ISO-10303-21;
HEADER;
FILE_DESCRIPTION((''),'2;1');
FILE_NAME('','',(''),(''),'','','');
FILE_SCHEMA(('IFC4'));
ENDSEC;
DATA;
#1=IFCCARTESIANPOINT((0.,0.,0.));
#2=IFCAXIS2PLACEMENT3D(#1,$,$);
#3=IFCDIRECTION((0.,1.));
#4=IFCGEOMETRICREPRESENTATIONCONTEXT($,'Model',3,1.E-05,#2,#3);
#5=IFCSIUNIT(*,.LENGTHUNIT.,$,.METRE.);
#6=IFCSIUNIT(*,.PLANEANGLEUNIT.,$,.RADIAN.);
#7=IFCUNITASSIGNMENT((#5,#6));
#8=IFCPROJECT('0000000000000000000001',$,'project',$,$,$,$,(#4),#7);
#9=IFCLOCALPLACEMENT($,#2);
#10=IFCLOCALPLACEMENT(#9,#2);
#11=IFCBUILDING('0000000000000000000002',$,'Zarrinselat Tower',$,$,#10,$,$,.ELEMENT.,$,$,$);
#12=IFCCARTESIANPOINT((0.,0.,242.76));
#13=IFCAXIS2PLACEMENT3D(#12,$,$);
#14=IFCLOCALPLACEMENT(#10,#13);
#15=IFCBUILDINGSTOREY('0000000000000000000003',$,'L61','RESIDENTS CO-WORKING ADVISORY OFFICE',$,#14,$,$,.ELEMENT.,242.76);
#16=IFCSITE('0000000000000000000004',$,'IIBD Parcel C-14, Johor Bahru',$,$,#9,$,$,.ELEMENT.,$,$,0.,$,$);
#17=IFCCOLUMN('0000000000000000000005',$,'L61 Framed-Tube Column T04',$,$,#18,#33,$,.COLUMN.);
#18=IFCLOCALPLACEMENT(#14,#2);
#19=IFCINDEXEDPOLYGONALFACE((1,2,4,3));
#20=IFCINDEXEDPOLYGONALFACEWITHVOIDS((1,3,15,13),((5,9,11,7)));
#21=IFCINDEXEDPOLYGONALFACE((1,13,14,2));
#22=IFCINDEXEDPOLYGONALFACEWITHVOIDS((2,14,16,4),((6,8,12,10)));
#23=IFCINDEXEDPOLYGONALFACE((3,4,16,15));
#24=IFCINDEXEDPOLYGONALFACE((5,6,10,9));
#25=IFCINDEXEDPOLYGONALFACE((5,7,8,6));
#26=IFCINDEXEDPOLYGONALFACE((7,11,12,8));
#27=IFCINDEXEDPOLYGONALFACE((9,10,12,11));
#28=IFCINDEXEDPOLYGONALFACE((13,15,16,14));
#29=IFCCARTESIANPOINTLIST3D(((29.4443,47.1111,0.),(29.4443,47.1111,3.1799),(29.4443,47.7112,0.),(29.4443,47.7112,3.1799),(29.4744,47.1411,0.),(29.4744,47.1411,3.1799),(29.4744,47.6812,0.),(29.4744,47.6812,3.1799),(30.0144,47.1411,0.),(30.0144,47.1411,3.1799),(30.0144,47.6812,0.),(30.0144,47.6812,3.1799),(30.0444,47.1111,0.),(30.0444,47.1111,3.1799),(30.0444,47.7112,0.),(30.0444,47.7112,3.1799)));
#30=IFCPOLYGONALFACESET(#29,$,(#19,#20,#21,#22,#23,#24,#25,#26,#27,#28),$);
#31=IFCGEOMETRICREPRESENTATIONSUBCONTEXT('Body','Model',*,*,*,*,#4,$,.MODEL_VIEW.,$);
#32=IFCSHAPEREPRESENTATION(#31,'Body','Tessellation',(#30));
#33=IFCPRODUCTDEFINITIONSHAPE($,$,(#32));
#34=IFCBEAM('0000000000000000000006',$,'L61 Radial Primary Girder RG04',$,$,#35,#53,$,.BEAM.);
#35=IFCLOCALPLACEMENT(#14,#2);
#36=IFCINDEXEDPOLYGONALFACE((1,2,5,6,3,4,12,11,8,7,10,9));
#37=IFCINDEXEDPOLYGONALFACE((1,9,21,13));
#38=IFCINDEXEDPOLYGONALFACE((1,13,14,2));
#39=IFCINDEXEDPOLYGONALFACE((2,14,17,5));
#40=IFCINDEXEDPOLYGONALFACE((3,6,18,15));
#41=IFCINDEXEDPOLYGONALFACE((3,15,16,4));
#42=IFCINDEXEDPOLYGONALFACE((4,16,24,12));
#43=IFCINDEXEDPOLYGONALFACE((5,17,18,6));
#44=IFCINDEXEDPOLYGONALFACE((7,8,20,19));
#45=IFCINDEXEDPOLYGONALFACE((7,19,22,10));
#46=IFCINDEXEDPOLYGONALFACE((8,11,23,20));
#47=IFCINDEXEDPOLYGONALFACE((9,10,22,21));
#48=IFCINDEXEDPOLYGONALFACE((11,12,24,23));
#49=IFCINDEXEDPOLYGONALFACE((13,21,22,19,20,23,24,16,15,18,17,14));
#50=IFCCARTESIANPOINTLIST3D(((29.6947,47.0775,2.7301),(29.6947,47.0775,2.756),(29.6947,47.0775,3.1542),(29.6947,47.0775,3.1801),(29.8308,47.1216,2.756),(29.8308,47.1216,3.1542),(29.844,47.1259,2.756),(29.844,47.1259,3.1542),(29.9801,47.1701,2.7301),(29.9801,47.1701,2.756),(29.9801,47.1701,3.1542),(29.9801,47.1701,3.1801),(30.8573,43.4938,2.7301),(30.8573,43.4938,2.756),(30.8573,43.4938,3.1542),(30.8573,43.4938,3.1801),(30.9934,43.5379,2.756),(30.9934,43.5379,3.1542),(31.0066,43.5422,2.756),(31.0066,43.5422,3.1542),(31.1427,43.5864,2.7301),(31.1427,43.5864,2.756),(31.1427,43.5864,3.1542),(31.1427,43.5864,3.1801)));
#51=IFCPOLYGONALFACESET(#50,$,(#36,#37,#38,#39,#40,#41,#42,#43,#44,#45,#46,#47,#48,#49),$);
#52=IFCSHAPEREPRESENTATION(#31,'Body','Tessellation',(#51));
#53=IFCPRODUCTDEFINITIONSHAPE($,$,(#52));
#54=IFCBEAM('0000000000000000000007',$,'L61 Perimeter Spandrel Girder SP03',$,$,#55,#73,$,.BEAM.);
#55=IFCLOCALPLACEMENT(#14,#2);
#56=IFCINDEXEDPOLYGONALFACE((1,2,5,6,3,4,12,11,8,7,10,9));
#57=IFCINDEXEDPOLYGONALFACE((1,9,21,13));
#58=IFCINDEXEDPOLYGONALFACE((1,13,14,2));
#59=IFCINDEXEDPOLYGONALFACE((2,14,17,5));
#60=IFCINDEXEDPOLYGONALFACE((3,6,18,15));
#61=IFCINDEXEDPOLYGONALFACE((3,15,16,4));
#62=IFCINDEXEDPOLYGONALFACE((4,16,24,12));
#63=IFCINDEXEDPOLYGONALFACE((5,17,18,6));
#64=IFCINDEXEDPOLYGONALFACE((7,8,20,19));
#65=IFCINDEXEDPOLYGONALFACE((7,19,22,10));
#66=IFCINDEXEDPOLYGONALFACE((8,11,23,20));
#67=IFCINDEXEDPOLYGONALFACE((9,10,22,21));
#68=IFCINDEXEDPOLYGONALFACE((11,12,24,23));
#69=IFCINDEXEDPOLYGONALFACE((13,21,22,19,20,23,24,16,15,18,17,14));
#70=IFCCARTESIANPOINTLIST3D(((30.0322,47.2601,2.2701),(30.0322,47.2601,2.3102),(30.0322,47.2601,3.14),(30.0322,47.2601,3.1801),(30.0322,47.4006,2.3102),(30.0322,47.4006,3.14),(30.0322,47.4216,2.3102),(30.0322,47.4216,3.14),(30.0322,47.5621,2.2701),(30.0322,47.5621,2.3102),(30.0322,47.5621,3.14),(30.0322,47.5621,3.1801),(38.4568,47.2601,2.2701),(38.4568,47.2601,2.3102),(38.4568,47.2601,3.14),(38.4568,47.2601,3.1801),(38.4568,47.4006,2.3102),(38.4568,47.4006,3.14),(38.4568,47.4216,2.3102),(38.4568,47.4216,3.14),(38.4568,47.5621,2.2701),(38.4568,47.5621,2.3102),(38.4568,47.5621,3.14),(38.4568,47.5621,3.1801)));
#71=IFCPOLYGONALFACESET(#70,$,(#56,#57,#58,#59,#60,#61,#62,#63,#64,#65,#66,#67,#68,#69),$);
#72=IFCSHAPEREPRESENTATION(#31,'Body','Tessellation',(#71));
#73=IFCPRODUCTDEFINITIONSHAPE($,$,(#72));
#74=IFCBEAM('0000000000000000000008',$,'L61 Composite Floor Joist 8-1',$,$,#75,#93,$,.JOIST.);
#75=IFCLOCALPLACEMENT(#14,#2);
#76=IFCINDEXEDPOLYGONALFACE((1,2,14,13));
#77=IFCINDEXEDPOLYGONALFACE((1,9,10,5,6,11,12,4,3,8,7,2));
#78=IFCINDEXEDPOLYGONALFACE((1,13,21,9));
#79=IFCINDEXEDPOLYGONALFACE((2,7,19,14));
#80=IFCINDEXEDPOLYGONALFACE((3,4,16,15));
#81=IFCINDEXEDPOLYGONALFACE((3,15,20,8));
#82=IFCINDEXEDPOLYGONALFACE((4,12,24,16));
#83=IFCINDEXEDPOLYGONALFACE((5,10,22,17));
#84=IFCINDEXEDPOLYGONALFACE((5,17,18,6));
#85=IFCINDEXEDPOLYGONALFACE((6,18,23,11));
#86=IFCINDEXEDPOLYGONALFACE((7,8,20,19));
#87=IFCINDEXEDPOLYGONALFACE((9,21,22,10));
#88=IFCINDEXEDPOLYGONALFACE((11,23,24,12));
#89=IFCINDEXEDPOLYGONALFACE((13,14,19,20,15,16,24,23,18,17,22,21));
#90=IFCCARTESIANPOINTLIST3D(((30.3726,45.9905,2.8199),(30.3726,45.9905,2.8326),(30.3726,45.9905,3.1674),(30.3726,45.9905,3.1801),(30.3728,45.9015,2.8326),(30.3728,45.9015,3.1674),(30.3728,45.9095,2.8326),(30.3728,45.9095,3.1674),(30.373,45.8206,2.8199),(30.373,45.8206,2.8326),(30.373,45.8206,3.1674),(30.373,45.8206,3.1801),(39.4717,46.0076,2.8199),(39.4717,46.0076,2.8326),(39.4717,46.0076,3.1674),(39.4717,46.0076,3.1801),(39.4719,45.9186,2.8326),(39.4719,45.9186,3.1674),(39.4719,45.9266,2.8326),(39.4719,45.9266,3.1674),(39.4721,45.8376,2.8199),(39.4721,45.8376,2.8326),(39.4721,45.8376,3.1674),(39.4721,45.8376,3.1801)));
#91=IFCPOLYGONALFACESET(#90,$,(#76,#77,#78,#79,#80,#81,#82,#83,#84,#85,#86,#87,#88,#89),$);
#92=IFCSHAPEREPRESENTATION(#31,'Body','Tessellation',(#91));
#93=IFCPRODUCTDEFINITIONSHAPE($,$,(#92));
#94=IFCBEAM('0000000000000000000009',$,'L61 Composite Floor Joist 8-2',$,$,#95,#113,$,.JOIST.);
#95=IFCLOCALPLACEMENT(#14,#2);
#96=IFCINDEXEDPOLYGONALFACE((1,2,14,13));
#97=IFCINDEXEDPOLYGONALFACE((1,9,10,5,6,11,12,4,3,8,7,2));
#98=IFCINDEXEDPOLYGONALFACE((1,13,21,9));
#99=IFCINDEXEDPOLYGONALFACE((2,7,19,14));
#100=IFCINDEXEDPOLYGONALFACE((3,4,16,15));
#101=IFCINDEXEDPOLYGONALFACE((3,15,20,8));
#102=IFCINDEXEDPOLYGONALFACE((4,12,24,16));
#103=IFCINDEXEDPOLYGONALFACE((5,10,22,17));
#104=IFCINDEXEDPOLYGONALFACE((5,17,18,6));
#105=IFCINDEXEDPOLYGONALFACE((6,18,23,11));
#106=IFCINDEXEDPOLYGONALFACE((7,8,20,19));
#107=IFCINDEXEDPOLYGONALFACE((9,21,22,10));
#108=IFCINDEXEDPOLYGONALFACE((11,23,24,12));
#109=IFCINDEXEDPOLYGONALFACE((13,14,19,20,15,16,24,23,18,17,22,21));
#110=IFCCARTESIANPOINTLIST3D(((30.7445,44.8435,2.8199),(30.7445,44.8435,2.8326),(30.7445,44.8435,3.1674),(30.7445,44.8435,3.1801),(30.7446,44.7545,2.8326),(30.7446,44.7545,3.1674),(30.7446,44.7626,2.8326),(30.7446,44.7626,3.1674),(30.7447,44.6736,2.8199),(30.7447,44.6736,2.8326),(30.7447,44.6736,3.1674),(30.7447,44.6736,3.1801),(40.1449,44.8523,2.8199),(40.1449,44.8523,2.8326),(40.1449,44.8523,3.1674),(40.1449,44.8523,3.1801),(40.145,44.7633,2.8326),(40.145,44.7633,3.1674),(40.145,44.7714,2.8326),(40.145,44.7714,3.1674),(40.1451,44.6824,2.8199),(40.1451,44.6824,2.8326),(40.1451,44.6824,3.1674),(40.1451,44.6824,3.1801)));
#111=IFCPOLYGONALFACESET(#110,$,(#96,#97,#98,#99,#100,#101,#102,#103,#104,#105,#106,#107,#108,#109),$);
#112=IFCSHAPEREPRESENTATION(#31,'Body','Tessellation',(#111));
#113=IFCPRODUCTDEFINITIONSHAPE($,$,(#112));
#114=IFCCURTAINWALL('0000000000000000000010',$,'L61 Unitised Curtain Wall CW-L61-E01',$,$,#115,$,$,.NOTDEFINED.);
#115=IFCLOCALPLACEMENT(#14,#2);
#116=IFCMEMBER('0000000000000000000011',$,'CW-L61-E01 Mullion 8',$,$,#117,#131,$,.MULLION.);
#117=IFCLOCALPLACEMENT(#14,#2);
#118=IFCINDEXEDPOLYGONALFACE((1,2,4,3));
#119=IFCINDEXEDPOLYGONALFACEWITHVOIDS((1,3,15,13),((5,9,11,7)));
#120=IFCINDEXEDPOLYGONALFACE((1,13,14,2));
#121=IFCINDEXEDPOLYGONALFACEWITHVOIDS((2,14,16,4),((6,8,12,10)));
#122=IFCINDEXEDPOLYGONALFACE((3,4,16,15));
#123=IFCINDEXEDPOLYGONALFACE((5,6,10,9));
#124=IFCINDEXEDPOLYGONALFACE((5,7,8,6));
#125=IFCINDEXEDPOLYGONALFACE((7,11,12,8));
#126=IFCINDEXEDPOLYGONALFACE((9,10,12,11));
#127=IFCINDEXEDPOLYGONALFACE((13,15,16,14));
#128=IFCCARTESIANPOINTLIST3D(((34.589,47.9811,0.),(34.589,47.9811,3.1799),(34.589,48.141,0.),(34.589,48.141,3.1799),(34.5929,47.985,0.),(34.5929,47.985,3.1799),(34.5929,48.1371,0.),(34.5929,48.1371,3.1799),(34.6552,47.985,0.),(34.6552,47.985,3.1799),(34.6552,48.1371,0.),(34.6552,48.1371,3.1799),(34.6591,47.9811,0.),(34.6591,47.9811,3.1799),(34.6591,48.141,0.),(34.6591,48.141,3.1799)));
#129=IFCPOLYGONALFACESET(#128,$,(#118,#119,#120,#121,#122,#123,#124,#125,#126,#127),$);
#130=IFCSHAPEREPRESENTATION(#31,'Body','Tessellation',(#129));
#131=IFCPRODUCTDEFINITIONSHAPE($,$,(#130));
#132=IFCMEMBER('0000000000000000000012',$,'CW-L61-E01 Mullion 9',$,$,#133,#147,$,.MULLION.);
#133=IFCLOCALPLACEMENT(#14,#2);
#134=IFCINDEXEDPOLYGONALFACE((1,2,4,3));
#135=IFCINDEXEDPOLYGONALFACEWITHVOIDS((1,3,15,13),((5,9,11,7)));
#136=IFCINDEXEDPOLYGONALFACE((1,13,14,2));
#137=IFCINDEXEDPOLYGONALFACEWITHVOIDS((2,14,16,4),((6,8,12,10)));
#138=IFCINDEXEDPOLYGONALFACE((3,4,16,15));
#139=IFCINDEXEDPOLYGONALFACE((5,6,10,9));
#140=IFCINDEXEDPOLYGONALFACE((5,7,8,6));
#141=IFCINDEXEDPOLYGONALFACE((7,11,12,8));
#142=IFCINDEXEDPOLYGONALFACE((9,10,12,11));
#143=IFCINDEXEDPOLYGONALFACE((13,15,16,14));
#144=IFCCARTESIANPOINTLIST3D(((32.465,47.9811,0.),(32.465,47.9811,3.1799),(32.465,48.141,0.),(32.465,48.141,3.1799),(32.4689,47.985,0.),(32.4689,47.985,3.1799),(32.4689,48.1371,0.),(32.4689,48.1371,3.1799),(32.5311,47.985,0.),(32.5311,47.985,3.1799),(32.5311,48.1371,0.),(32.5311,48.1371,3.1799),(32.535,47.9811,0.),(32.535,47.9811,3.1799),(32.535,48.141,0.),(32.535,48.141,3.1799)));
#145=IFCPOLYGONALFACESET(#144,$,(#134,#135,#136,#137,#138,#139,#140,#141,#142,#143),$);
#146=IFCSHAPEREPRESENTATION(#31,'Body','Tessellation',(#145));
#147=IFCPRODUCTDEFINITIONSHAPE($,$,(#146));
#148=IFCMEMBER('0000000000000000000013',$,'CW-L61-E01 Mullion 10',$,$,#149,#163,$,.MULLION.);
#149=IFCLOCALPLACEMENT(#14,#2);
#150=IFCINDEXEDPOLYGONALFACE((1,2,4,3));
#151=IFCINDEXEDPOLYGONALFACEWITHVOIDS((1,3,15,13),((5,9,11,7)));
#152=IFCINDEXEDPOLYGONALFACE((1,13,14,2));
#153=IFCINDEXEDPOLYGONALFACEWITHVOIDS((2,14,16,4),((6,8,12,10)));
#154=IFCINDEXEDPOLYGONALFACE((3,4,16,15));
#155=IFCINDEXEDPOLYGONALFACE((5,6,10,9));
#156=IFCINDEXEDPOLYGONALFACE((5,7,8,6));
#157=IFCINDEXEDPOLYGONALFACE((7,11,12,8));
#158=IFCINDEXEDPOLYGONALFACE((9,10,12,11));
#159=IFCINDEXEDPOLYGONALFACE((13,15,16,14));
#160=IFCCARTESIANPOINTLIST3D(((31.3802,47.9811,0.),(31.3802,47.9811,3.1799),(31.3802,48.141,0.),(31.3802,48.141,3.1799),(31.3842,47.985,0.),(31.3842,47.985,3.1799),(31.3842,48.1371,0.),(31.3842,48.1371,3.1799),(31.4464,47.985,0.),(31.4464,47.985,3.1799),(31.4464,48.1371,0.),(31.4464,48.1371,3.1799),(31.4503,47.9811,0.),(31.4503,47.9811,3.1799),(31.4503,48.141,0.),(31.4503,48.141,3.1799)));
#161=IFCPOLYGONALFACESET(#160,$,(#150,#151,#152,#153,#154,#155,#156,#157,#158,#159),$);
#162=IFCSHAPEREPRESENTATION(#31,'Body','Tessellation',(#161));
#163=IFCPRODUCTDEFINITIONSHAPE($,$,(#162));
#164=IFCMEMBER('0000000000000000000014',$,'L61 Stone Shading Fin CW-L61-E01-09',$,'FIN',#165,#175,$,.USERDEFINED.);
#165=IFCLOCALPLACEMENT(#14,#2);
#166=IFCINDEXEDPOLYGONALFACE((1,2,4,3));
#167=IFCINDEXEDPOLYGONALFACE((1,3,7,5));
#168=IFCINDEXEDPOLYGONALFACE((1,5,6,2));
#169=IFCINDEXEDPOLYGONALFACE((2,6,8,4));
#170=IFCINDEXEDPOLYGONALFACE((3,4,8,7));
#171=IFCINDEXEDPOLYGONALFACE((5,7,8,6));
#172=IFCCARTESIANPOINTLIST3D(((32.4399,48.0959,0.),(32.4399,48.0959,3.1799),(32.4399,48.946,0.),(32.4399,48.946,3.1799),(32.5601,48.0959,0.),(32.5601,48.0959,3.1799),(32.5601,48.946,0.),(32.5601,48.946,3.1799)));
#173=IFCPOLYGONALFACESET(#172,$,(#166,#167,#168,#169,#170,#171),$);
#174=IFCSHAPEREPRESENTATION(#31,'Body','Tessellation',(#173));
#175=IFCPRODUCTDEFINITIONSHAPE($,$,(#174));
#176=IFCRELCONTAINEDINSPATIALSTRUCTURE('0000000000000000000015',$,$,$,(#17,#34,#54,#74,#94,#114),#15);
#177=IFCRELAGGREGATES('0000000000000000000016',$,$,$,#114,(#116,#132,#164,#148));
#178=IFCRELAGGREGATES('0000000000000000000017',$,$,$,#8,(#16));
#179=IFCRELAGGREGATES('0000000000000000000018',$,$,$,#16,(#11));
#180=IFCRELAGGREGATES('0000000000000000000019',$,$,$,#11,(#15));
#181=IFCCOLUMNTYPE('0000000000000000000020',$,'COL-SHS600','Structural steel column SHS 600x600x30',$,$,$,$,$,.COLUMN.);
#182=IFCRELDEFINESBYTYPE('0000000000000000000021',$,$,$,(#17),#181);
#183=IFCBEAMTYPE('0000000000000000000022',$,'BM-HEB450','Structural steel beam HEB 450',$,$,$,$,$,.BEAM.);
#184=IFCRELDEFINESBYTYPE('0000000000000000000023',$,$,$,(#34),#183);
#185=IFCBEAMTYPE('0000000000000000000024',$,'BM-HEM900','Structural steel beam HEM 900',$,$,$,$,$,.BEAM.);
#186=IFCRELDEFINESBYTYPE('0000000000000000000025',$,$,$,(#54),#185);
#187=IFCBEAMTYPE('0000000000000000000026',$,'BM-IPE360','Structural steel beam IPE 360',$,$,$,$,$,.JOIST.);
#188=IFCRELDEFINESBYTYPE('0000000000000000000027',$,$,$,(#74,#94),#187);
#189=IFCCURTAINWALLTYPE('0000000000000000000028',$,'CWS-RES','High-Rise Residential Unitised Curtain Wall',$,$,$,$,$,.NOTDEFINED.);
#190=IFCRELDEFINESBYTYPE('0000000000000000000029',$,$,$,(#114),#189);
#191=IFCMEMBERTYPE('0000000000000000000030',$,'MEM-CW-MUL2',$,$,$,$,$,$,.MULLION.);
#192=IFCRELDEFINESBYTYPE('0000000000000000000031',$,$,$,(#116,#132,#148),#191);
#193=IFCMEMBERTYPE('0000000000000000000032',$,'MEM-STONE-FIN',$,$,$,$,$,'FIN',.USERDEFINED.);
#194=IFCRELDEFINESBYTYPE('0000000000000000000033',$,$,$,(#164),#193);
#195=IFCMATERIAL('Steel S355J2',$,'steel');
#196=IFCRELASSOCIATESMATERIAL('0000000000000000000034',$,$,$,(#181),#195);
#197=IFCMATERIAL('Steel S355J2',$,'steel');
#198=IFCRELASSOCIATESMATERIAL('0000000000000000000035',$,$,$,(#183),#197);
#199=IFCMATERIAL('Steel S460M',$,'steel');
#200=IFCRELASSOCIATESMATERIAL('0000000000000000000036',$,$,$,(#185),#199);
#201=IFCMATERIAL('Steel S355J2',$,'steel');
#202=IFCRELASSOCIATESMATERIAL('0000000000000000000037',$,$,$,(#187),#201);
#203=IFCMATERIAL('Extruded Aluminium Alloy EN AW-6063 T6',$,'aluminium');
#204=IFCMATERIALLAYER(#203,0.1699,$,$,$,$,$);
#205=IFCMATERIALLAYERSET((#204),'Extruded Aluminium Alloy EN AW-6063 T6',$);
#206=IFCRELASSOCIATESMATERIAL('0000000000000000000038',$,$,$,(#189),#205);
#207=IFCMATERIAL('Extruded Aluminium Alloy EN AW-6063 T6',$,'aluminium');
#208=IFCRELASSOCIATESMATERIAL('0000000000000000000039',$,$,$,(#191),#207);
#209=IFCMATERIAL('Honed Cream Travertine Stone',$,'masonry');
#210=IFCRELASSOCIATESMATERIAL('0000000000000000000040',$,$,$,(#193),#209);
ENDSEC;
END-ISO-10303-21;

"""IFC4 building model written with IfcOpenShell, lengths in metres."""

from ifc_helpers import new_model, si_unit, direction, frame, origin, origin_2d, place, context, subcontext, project, spatial, rectangle, hollow_rectangle, i_section, extrude, material, layer, layer_set, material_profile, profile_set, type_object, element, aggregate, save


model = new_model("IFC4")

# Units and contexts
model_context = context("Model", 3, precision=1e-05, world=origin(), true_north=direction((0.0, 1.0)))
body_context = subcontext(model_context, "Body", "Model", "MODEL_VIEW")
ifc_project = project(units=[si_unit("LENGTHUNIT", "METRE"), si_unit("PLANEANGLEUNIT", "RADIAN")], contexts=[model_context])

# Site, building, storey
site_placement = place(None, origin())
site = spatial("IfcSite", under=ifc_project, at=site_placement, Name="IIBD Parcel C-14, Johor Bahru", CompositionType="ELEMENT", RefElevation=0.0)
building_placement = place(site_placement, origin())
building = spatial("IfcBuilding", under=site, at=building_placement, Name="Zarrinselat Tower", CompositionType="ELEMENT")
storey_placement = place(building_placement, frame((0.0, 0.0, 242.76)))
storey = spatial("IfcBuildingStorey", under=building, at=storey_placement, Name="L61", Description="RESIDENTS CO-WORKING ADVISORY OFFICE", CompositionType="ELEMENT", Elevation=242.76)

# Column
ifc_material_1 = material(Name="Steel S355J2", Category="steel")
ifc_material_profile_1 = material_profile(ifc_material_1, hollow_rectangle(XDim=0.6001, YDim=0.6001, WallThickness=0.03, at=origin_2d()), Name="SHS 600x600x30")
ifc_profile_set_1 = profile_set([ifc_material_profile_1], Name="Steel S355J2")
column_type = type_object("IfcColumnType", Name="COL-SHS600", Description="Structural steel column SHS 600x600x30", PredefinedType="COLUMN", material=ifc_profile_set_1)
column_placement = place(storey_placement, frame((29.7444, 47.4111, 0.0), z_axis=(0.0, 0.0, 1.0), x_axis=(1.0, 0.0, 0.0)))
element("IfcColumn", 1, at=column_placement, inside=storey, type_object=column_type, Name="L61 Framed-Tube Column T04", PredefinedType="COLUMN", context=body_context, shape_type="SweptSolid", body=[
    extrude(hollow_rectangle(XDim=0.6001, YDim=0.6001, WallThickness=0.03, at=origin_2d()), origin(), (0.0, 0.0, 1.0), 3.1799),
])

# Beams
ifc_material_2 = material(Name="Steel S355J2", Category="steel")
ifc_material_profile_2 = material_profile(ifc_material_2, i_section(OverallWidth=0.3, OverallDepth=0.45, WebThickness=0.0139, FlangeThickness=0.0259, at=origin_2d()), Name="HEB 450")
ifc_profile_set_2 = profile_set([ifc_material_profile_2], Name="Steel S355J2")
beam_type_1 = type_object("IfcBeamType", Name="BM-HEB450", Description="Structural steel beam HEB 450", PredefinedType="BEAM", material=ifc_profile_set_2)
beam_1_placement = place(storey_placement, frame((29.8374, 47.1238, 2.9551), z_axis=(0.308578, -0.951199, 0.0), x_axis=(0.951199, 0.308578, 0.0)))
element("IfcBeam", 2, at=beam_1_placement, inside=storey, type_object=beam_type_1, Name="L61 Radial Primary Girder RG04", PredefinedType="BEAM", context=body_context, shape_type="SweptSolid", body=[
    extrude(i_section(OverallWidth=0.3, OverallDepth=0.45, WebThickness=0.0139, FlangeThickness=0.0259, at=origin_2d()), origin(), (0.0, 0.0, 1.0), 3.7676),
])
ifc_material_3 = material(Name="Steel S460M", Category="steel")
ifc_material_profile_3 = material_profile(ifc_material_3, i_section(OverallWidth=0.302, OverallDepth=0.9099, WebThickness=0.021, FlangeThickness=0.04, at=origin_2d()), Name="HEM 900")
ifc_profile_set_3 = profile_set([ifc_material_profile_3], Name="Steel S460M")
beam_type_2 = type_object("IfcBeamType", Name="BM-HEM900", Description="Structural steel beam HEM 900", PredefinedType="BEAM", material=ifc_profile_set_3)
beam_2_placement = place(storey_placement, frame((30.0322, 47.4111, 2.7251), z_axis=(1.0, 0.0, 0.0), x_axis=(0.0, 1.0, 0.0)))
element("IfcBeam", 3, at=beam_2_placement, inside=storey, type_object=beam_type_2, Name="L61 Perimeter Spandrel Girder SP03", PredefinedType="BEAM", context=body_context, shape_type="SweptSolid", body=[
    extrude(i_section(OverallWidth=0.302, OverallDepth=0.9099, WebThickness=0.021, FlangeThickness=0.04, at=origin_2d()), origin(), (0.0, 0.0, 1.0), 8.4246),
])
ifc_material_4 = material(Name="Steel S355J2", Category="steel")
ifc_material_profile_4 = material_profile(ifc_material_4, i_section(OverallWidth=0.1699, OverallDepth=0.3601, WebThickness=0.0081, FlangeThickness=0.0127, at=origin_2d()), Name="IPE 360")
ifc_profile_set_4 = profile_set([ifc_material_profile_4], Name="Steel S355J2")
beam_type_3 = type_object("IfcBeamType", Name="BM-IPE360", Description="Structural steel beam IPE 360", PredefinedType="JOIST", material=ifc_profile_set_4)
beam_3_placement = place(storey_placement, frame((30.3728, 45.9055, 3.0), z_axis=(0.999998, 0.001878, 0.0), x_axis=(-0.001878, 0.999998, 0.0)))
element("IfcBeam", 4, at=beam_3_placement, inside=storey, type_object=beam_type_3, Name="L61 Composite Floor Joist 8-1", PredefinedType="JOIST", context=body_context, shape_type="SweptSolid", body=[
    extrude(i_section(OverallWidth=0.1699, OverallDepth=0.3601, WebThickness=0.0081, FlangeThickness=0.0127, at=origin_2d()), origin(), (0.0, 0.0, 1.0), 9.0991),
])
beam_4_placement = place(storey_placement, frame((30.7446, 44.7585, 3.0), z_axis=(1.0, 0.000935, 0.0), x_axis=(-0.000935, 1.0, 0.0)))
element("IfcBeam", 5, at=beam_4_placement, inside=storey, type_object=beam_type_3, Name="L61 Composite Floor Joist 8-2", PredefinedType="JOIST", context=body_context, shape_type="SweptSolid", body=[
    extrude(i_section(OverallWidth=0.1699, OverallDepth=0.3601, WebThickness=0.0081, FlangeThickness=0.0127, at=origin_2d()), origin(), (0.0, 0.0, 1.0), 9.4004),
])

# Curtain wall, members
ifc_material_5 = material(Name="Extruded Aluminium Alloy EN AW-6063 T6", Category="aluminium")
ifc_layer_1 = layer(ifc_material_5, 0.1699)
ifc_layer_set_1 = layer_set([ifc_layer_1], Name="Extruded Aluminium Alloy EN AW-6063 T6")
curtain_wall_type = type_object("IfcCurtainWallType", Name="CWS-RES", Description="High-Rise Residential Unitised Curtain Wall", PredefinedType="NOTDEFINED", material=ifc_layer_set_1)
curtain_wall_placement = place(storey_placement, origin())
curtain_wall = element("IfcCurtainWall", 6, at=curtain_wall_placement, inside=storey, type_object=curtain_wall_type, Name="L61 Unitised Curtain Wall CW-L61-E01", PredefinedType="NOTDEFINED")
ifc_material_6 = material(Name="Extruded Aluminium Alloy EN AW-6063 T6", Category="aluminium")
ifc_material_profile_5 = material_profile(ifc_material_6, hollow_rectangle(XDim=0.0701, YDim=0.1599, WallThickness=0.0039, at=origin_2d()), Name="RHS 160x70x4")
ifc_profile_set_5 = profile_set([ifc_material_profile_5], Name="Extruded Aluminium Alloy EN AW-6063 T6")
member_type_1 = type_object("IfcMemberType", Name="MEM-CW-MUL2", PredefinedType="MULLION", material=ifc_profile_set_5)
member_1_placement = place(storey_placement, frame((34.624, 48.061, 0.0), z_axis=(0.0, 0.0, 1.0), x_axis=(-1.0, 0.0, 0.0)))
member_1 = element("IfcMember", 7, at=member_1_placement, type_object=member_type_1, Name="CW-L61-E01 Mullion 8", PredefinedType="MULLION", context=body_context, shape_type="SweptSolid", body=[
    extrude(hollow_rectangle(XDim=0.0701, YDim=0.1599, WallThickness=0.0039, at=origin_2d()), origin(), (0.0, 0.0, 1.0), 3.1799),
])
member_2_placement = place(storey_placement, frame((32.5, 48.061, 0.0), z_axis=(0.0, 0.0, 1.0), x_axis=(-1.0, 0.0, 0.0)))
member_2 = element("IfcMember", 8, at=member_2_placement, type_object=member_type_1, Name="CW-L61-E01 Mullion 9", PredefinedType="MULLION", context=body_context, shape_type="SweptSolid", body=[
    extrude(hollow_rectangle(XDim=0.0701, YDim=0.1599, WallThickness=0.0039, at=origin_2d()), origin(), (0.0, 0.0, 1.0), 3.1799),
])
member_3_placement = place(storey_placement, frame((31.4153, 48.061, 0.0), z_axis=(0.0, 0.0, 1.0), x_axis=(-1.0, 0.0, 0.0)))
member_3 = element("IfcMember", 9, at=member_3_placement, type_object=member_type_1, Name="CW-L61-E01 Mullion 10", PredefinedType="MULLION", context=body_context, shape_type="SweptSolid", body=[
    extrude(hollow_rectangle(XDim=0.0701, YDim=0.1599, WallThickness=0.0039, at=origin_2d()), origin(), (0.0, 0.0, 1.0), 3.1799),
])
ifc_material_7 = material(Name="Honed Cream Travertine Stone", Category="masonry")
ifc_material_profile_6 = material_profile(ifc_material_7, rectangle(XDim=0.1201, YDim=0.8501, at=origin_2d()), Name="FIN 850x120")
ifc_profile_set_6 = profile_set([ifc_material_profile_6], Name="Honed Cream Travertine Stone")
member_type_2 = type_object("IfcMemberType", Name="MEM-STONE-FIN", ElementType="FIN", PredefinedType="USERDEFINED", material=ifc_profile_set_6)
member_4_placement = place(storey_placement, frame((32.5, 48.521, 0.0), z_axis=(0.0, 0.0, 1.0), x_axis=(1.0, 0.0, 0.0)))
member_4 = element("IfcMember", 10, at=member_4_placement, type_object=member_type_2, Name="L61 Stone Shading Fin CW-L61-E01-09", ObjectType="FIN", PredefinedType="USERDEFINED", context=body_context, shape_type="SweptSolid", body=[
    extrude(rectangle(XDim=0.1201, YDim=0.8501, at=origin_2d()), origin(), (0.0, 0.0, 1.0), 3.1799),
])
aggregate(curtain_wall, [member_1, member_2, member_4, member_3])

save(model, "model.ifc")
